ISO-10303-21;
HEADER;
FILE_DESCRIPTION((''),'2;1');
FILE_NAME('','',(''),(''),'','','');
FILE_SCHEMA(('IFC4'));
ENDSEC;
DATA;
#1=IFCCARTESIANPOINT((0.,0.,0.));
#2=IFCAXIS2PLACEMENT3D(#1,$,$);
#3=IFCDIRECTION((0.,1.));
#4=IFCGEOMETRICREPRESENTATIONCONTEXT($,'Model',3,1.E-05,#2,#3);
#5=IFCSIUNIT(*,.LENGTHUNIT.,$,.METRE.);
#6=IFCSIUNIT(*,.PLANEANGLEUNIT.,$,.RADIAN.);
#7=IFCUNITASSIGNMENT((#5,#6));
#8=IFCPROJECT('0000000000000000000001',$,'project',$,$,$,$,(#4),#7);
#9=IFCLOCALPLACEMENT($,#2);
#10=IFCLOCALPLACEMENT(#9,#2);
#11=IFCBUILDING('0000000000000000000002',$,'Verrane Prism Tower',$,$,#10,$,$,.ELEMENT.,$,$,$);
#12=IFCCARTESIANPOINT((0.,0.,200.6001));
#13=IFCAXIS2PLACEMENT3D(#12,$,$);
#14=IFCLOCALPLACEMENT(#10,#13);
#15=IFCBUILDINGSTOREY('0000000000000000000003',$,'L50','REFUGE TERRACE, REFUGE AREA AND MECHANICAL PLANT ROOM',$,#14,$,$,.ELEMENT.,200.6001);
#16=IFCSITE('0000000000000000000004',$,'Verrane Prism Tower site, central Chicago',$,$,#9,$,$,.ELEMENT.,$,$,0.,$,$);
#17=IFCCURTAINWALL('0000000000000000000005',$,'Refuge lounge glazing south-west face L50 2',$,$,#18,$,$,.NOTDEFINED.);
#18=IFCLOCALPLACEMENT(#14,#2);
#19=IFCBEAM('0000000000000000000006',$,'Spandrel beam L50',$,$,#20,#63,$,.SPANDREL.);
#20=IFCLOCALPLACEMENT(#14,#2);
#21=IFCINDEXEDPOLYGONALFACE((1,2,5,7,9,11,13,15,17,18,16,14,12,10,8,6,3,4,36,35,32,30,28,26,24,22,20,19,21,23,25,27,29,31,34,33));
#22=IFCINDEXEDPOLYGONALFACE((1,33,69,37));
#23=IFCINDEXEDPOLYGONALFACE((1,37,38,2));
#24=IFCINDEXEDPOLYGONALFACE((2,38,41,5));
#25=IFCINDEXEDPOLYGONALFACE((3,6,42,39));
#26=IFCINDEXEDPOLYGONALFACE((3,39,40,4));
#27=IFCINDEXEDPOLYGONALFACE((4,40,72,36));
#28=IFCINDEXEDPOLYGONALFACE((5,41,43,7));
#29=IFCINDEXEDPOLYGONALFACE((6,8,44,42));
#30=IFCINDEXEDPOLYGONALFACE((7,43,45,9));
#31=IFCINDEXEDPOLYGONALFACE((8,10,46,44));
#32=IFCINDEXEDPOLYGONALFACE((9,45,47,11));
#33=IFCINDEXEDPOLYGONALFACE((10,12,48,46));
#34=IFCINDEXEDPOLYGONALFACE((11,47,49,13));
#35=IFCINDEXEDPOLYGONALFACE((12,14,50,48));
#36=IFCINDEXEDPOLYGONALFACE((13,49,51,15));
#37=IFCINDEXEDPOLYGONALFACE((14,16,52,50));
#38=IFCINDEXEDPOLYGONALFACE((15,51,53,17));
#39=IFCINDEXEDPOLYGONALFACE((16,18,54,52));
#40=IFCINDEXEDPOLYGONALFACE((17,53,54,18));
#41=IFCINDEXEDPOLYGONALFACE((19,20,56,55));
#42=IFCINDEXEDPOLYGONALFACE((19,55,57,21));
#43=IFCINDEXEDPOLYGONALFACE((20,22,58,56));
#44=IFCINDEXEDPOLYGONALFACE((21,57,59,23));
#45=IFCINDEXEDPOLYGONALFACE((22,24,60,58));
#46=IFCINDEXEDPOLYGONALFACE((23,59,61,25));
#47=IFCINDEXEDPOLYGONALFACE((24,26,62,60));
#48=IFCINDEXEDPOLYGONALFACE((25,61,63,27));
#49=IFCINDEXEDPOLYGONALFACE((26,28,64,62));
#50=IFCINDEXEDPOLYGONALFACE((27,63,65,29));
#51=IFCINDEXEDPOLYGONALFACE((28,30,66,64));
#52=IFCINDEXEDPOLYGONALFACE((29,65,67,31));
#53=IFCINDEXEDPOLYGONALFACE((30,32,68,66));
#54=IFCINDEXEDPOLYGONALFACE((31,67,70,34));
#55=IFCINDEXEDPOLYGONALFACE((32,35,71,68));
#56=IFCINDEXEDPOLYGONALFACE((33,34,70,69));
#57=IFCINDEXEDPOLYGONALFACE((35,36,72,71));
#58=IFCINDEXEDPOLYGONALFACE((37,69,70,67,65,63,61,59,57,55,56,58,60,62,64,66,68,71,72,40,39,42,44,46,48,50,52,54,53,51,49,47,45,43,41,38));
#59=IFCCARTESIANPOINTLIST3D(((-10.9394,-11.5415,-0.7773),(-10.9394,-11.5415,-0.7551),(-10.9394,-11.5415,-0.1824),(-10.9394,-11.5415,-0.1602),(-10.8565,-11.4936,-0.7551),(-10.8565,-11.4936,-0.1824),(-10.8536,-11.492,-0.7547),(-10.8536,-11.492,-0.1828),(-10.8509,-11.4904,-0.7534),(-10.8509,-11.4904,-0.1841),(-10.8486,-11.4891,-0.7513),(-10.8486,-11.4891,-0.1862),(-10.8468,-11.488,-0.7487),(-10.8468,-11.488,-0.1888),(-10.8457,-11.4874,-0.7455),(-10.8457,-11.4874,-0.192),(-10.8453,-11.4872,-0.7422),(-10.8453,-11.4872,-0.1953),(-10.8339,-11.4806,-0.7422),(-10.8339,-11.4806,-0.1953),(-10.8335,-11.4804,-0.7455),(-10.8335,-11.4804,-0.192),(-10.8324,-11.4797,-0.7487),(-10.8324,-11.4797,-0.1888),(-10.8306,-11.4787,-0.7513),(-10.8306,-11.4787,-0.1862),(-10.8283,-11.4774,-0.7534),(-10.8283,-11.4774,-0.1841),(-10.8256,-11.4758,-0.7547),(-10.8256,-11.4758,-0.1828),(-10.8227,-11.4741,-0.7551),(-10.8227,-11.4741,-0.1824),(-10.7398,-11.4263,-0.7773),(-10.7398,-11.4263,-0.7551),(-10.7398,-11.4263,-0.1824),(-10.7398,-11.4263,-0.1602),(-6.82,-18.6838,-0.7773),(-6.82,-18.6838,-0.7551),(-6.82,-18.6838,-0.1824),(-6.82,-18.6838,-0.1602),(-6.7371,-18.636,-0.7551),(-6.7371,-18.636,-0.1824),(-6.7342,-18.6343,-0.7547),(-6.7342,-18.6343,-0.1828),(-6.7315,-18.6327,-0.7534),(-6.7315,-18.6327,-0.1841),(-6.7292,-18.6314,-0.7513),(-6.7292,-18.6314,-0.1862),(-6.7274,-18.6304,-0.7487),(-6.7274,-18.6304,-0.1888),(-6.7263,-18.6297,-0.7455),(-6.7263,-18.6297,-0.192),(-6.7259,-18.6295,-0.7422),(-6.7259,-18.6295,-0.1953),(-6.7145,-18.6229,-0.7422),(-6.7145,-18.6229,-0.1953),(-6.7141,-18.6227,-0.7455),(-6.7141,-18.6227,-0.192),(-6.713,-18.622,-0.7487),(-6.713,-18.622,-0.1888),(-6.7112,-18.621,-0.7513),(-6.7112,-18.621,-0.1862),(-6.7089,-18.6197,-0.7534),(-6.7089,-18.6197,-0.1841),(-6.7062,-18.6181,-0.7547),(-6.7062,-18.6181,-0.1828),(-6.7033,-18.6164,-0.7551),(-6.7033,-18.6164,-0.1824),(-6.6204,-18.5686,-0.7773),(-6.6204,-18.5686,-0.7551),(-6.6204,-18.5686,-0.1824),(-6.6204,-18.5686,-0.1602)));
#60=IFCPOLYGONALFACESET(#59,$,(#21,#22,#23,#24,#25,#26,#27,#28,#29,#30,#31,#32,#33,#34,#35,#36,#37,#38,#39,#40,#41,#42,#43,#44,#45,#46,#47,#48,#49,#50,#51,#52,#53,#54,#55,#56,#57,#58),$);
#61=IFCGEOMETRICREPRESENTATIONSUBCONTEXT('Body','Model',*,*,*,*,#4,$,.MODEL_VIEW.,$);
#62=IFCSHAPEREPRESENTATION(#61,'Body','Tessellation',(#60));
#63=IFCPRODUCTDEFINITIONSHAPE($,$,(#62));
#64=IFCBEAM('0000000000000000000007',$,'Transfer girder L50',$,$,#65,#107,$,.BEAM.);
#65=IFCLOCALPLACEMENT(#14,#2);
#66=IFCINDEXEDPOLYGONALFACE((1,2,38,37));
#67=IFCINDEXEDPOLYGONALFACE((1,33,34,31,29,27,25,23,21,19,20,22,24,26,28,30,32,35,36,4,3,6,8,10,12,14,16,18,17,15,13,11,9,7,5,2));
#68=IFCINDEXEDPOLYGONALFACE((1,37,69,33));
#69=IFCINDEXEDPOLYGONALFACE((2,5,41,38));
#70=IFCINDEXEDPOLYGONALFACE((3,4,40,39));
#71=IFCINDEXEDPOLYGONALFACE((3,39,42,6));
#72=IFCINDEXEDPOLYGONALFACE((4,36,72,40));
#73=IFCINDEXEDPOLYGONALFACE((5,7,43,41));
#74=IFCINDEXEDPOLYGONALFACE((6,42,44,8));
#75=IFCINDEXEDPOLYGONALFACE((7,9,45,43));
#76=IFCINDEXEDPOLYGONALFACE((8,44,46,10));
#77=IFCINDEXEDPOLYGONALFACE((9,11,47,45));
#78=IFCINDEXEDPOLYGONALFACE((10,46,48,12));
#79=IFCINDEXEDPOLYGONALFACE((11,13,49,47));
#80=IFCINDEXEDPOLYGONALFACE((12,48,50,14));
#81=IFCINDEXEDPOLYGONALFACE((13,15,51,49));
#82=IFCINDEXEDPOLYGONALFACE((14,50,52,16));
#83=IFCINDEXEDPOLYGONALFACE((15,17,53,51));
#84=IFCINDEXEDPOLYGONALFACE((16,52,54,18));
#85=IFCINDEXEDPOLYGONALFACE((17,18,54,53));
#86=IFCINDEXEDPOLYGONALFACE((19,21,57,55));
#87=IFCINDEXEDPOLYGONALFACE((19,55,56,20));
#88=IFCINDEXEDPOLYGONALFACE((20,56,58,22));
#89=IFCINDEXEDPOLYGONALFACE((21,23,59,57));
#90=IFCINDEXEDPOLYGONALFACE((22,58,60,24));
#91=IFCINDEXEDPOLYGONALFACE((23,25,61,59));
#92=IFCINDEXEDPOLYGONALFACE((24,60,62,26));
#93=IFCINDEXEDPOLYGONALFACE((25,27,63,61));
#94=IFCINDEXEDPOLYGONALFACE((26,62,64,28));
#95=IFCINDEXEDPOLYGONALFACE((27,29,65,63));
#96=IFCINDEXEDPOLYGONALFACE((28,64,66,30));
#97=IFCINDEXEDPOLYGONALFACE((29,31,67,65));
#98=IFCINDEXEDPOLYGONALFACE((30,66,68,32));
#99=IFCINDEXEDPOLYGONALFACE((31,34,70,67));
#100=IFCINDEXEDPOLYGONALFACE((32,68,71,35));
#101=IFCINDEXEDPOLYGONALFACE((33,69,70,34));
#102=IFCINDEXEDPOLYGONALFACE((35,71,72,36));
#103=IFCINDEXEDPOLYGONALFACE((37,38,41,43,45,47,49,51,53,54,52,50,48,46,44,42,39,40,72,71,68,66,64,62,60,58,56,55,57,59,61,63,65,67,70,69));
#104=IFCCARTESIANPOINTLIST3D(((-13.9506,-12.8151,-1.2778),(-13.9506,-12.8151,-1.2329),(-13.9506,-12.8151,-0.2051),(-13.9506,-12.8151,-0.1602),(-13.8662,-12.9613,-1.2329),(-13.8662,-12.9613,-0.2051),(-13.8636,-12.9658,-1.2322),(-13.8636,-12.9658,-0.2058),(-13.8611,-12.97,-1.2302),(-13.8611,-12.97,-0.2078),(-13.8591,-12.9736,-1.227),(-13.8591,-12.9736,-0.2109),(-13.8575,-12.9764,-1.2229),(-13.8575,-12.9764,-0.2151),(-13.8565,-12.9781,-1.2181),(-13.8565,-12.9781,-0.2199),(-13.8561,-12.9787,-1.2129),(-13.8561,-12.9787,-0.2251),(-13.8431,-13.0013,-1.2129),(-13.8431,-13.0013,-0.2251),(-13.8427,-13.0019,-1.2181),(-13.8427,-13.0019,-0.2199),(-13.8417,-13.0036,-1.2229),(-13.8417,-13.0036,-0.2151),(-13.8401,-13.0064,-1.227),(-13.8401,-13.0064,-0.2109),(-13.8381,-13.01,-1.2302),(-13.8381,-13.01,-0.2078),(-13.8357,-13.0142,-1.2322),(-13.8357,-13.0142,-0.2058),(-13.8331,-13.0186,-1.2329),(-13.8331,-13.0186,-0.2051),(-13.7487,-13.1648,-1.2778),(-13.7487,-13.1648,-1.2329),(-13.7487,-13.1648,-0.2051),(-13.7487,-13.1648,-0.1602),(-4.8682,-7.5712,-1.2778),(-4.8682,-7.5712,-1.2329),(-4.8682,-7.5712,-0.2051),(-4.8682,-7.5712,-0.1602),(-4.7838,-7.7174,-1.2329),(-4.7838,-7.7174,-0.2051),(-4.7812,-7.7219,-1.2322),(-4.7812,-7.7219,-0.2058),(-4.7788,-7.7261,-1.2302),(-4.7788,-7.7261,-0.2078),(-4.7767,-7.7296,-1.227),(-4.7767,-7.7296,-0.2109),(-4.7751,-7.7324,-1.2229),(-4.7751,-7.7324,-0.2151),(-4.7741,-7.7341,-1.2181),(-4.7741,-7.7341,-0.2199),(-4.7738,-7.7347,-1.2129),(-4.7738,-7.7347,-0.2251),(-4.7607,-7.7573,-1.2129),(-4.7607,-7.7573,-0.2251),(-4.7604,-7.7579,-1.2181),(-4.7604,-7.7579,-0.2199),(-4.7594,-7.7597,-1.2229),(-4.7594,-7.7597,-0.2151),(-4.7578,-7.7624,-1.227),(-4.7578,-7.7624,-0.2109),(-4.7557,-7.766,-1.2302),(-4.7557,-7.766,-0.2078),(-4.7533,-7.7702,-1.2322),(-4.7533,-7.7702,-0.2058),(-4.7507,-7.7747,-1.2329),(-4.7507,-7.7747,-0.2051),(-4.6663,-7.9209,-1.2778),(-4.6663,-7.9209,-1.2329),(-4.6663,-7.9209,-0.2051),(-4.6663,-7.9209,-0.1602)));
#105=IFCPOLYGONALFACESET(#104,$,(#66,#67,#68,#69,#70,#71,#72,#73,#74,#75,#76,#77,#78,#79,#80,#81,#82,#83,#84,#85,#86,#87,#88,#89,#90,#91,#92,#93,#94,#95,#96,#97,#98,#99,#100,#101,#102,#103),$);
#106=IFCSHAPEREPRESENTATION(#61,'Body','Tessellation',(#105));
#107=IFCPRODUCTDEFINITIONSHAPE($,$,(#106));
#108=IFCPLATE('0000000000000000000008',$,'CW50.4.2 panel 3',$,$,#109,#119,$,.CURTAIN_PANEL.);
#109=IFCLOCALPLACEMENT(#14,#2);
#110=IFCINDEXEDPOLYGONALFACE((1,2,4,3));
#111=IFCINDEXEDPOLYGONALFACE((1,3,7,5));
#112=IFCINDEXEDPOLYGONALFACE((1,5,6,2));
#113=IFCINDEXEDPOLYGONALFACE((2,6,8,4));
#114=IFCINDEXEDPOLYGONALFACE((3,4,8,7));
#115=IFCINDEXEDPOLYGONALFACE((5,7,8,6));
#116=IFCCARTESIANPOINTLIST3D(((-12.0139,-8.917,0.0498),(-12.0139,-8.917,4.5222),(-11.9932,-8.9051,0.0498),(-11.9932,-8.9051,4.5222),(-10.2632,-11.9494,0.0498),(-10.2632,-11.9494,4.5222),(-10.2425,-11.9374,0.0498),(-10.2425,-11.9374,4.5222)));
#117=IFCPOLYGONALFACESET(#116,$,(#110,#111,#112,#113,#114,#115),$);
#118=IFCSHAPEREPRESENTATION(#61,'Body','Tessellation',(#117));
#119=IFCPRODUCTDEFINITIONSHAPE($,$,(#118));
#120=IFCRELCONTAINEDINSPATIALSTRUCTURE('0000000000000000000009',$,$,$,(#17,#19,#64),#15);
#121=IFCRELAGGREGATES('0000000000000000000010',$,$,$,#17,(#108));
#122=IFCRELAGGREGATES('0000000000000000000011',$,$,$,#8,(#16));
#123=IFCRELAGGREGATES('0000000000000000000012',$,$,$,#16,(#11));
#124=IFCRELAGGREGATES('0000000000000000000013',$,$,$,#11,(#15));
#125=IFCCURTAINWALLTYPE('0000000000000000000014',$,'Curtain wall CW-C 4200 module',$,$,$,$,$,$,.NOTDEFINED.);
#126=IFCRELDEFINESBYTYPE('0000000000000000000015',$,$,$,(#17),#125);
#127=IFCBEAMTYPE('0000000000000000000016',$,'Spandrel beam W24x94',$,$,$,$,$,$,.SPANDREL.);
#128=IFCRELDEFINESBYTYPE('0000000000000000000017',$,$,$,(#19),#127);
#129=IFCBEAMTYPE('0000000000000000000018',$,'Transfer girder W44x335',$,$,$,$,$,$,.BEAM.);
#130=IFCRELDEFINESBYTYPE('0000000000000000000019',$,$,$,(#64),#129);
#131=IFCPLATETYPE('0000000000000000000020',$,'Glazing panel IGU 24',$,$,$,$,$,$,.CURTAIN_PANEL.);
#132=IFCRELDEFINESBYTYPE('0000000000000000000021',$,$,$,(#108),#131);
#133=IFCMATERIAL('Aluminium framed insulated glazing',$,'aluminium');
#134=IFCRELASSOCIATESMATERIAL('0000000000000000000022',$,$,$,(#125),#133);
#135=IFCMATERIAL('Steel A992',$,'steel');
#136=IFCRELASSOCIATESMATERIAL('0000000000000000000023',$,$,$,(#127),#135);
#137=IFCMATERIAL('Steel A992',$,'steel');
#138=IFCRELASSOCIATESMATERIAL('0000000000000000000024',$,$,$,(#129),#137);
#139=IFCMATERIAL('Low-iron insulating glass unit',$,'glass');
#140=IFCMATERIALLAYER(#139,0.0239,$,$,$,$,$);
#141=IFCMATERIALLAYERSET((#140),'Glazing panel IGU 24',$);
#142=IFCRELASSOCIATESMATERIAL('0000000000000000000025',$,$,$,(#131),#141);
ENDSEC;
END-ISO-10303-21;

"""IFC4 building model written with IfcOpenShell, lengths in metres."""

from ifc_helpers import new_model, si_unit, direction, frame, origin, origin_2d, place, context, subcontext, project, spatial, rectangle, i_section, extrude, material, layer, layer_set, material_profile, profile_set, type_object, element, aggregate, save


model = new_model("IFC4")

# Units and contexts
model_context = context("Model", 3, precision=1e-05, world=origin(), true_north=direction((0.0, 1.0)))
body_context = subcontext(model_context, "Body", "Model", "MODEL_VIEW")
ifc_project = project(units=[si_unit("LENGTHUNIT", "METRE"), si_unit("PLANEANGLEUNIT", "RADIAN")], contexts=[model_context])

# Site, building, storey
site_placement = place(None, origin())
site = spatial("IfcSite", under=ifc_project, at=site_placement, Name="Verrane Prism Tower site, central Chicago", CompositionType="ELEMENT", RefElevation=0.0)
building_placement = place(site_placement, origin())
building = spatial("IfcBuilding", under=site, at=building_placement, Name="Verrane Prism Tower", CompositionType="ELEMENT")
storey_placement = place(building_placement, frame((0.0, 0.0, 200.6001)))
storey = spatial("IfcBuildingStorey", under=building, at=storey_placement, Name="L50", Description="REFUGE TERRACE, REFUGE AREA AND MECHANICAL PLANT ROOM", CompositionType="ELEMENT", Elevation=200.6001)

# Curtain wall
ifc_material_1 = material(Name="Aluminium framed insulated glazing", Category="aluminium")
curtain_wall_type = type_object("IfcCurtainWallType", Name="Curtain wall CW-C 4200 module", PredefinedType="NOTDEFINED", material=ifc_material_1)
curtain_wall_placement = place(storey_placement, origin())
curtain_wall = element("IfcCurtainWall", 1, at=curtain_wall_placement, inside=storey, type_object=curtain_wall_type, Name="Refuge lounge glazing south-west face L50 2", PredefinedType="NOTDEFINED")

# Beams
ifc_material_2 = material(Name="Steel A992", Category="steel")
ifc_material_profile_1 = material_profile(ifc_material_2, i_section(OverallWidth=0.2305, OverallDepth=0.6172, WebThickness=0.0132, FlangeThickness=0.0222, FilletRadius=0.0129, at=origin_2d()), Name="W24x94")
ifc_profile_set_1 = profile_set([ifc_material_profile_1], Name="Steel A992")
beam_type_1 = type_object("IfcBeamType", Name="Spandrel beam W24x94", PredefinedType="SPANDREL", material=ifc_profile_set_1)
beam_1_placement = place(storey_placement, frame((-10.8396, -11.4839, -0.4688), z_axis=(0.499614, -0.866248, 0.0), x_axis=(0.866248, 0.499614, 0.0)))
element("IfcBeam", 2, at=beam_1_placement, inside=storey, type_object=beam_type_1, Name="Spandrel beam L50", PredefinedType="SPANDREL", context=body_context, shape_type="SweptSolid", body=[
    extrude(i_section(OverallWidth=0.2305, OverallDepth=0.6172, WebThickness=0.0132, FlangeThickness=0.0222, FilletRadius=0.0129, at=origin_2d()), origin(), (0.0, 0.0, 1.0), 8.2451),
])
ifc_material_3 = material(Name="Steel A992", Category="steel")
ifc_material_profile_2 = material_profile(ifc_material_3, i_section(OverallWidth=0.4038, OverallDepth=1.1177, WebThickness=0.0261, FlangeThickness=0.0449, FilletRadius=0.02, at=origin_2d()), Name="W44x335")
ifc_profile_set_2 = profile_set([ifc_material_profile_2], Name="Steel A992")
beam_type_2 = type_object("IfcBeamType", Name="Transfer girder W44x335", PredefinedType="BEAM", material=ifc_profile_set_2)
beam_2_placement = place(storey_placement, frame((-13.8496, -12.99, -0.719), z_axis=(0.866015, 0.500017, 0.0), x_axis=(-0.500017, 0.866015, 0.0)))
element("IfcBeam", 3, at=beam_2_placement, inside=storey, type_object=beam_type_2, Name="Transfer girder L50", PredefinedType="BEAM", context=body_context, shape_type="SweptSolid", body=[
    extrude(i_section(OverallWidth=0.4038, OverallDepth=1.1177, WebThickness=0.0261, FlangeThickness=0.0449, FilletRadius=0.02, at=origin_2d()), origin(), (0.0, 0.0, 1.0), 10.4875),
])

# Plate
ifc_material_4 = material(Name="Low-iron insulating glass unit", Category="glass")
ifc_layer_1 = layer(ifc_material_4, 0.0239)
ifc_layer_set_1 = layer_set([ifc_layer_1], Name="Glazing panel IGU 24")
plate_type = type_object("IfcPlateType", Name="Glazing panel IGU 24", PredefinedType="CURTAIN_PANEL", material=ifc_layer_set_1)
plate_placement = place(storey_placement, frame((-11.1282, -10.4272, 0.0498), z_axis=(0.0, 0.0, 1.0), x_axis=(0.499996, -0.866028, 0.0)))
plate = element("IfcPlate", 4, at=plate_placement, type_object=plate_type, Name="CW50.4.2 panel 3", PredefinedType="CURTAIN_PANEL", context=body_context, shape_type="SweptSolid", body=[
    extrude(rectangle(XDim=3.5015, YDim=0.0239, at=origin_2d()), origin(), (0.0, 0.0, 1.0), 4.4724),
])
aggregate(curtain_wall, [plate])

save(model, "model.ifc")
